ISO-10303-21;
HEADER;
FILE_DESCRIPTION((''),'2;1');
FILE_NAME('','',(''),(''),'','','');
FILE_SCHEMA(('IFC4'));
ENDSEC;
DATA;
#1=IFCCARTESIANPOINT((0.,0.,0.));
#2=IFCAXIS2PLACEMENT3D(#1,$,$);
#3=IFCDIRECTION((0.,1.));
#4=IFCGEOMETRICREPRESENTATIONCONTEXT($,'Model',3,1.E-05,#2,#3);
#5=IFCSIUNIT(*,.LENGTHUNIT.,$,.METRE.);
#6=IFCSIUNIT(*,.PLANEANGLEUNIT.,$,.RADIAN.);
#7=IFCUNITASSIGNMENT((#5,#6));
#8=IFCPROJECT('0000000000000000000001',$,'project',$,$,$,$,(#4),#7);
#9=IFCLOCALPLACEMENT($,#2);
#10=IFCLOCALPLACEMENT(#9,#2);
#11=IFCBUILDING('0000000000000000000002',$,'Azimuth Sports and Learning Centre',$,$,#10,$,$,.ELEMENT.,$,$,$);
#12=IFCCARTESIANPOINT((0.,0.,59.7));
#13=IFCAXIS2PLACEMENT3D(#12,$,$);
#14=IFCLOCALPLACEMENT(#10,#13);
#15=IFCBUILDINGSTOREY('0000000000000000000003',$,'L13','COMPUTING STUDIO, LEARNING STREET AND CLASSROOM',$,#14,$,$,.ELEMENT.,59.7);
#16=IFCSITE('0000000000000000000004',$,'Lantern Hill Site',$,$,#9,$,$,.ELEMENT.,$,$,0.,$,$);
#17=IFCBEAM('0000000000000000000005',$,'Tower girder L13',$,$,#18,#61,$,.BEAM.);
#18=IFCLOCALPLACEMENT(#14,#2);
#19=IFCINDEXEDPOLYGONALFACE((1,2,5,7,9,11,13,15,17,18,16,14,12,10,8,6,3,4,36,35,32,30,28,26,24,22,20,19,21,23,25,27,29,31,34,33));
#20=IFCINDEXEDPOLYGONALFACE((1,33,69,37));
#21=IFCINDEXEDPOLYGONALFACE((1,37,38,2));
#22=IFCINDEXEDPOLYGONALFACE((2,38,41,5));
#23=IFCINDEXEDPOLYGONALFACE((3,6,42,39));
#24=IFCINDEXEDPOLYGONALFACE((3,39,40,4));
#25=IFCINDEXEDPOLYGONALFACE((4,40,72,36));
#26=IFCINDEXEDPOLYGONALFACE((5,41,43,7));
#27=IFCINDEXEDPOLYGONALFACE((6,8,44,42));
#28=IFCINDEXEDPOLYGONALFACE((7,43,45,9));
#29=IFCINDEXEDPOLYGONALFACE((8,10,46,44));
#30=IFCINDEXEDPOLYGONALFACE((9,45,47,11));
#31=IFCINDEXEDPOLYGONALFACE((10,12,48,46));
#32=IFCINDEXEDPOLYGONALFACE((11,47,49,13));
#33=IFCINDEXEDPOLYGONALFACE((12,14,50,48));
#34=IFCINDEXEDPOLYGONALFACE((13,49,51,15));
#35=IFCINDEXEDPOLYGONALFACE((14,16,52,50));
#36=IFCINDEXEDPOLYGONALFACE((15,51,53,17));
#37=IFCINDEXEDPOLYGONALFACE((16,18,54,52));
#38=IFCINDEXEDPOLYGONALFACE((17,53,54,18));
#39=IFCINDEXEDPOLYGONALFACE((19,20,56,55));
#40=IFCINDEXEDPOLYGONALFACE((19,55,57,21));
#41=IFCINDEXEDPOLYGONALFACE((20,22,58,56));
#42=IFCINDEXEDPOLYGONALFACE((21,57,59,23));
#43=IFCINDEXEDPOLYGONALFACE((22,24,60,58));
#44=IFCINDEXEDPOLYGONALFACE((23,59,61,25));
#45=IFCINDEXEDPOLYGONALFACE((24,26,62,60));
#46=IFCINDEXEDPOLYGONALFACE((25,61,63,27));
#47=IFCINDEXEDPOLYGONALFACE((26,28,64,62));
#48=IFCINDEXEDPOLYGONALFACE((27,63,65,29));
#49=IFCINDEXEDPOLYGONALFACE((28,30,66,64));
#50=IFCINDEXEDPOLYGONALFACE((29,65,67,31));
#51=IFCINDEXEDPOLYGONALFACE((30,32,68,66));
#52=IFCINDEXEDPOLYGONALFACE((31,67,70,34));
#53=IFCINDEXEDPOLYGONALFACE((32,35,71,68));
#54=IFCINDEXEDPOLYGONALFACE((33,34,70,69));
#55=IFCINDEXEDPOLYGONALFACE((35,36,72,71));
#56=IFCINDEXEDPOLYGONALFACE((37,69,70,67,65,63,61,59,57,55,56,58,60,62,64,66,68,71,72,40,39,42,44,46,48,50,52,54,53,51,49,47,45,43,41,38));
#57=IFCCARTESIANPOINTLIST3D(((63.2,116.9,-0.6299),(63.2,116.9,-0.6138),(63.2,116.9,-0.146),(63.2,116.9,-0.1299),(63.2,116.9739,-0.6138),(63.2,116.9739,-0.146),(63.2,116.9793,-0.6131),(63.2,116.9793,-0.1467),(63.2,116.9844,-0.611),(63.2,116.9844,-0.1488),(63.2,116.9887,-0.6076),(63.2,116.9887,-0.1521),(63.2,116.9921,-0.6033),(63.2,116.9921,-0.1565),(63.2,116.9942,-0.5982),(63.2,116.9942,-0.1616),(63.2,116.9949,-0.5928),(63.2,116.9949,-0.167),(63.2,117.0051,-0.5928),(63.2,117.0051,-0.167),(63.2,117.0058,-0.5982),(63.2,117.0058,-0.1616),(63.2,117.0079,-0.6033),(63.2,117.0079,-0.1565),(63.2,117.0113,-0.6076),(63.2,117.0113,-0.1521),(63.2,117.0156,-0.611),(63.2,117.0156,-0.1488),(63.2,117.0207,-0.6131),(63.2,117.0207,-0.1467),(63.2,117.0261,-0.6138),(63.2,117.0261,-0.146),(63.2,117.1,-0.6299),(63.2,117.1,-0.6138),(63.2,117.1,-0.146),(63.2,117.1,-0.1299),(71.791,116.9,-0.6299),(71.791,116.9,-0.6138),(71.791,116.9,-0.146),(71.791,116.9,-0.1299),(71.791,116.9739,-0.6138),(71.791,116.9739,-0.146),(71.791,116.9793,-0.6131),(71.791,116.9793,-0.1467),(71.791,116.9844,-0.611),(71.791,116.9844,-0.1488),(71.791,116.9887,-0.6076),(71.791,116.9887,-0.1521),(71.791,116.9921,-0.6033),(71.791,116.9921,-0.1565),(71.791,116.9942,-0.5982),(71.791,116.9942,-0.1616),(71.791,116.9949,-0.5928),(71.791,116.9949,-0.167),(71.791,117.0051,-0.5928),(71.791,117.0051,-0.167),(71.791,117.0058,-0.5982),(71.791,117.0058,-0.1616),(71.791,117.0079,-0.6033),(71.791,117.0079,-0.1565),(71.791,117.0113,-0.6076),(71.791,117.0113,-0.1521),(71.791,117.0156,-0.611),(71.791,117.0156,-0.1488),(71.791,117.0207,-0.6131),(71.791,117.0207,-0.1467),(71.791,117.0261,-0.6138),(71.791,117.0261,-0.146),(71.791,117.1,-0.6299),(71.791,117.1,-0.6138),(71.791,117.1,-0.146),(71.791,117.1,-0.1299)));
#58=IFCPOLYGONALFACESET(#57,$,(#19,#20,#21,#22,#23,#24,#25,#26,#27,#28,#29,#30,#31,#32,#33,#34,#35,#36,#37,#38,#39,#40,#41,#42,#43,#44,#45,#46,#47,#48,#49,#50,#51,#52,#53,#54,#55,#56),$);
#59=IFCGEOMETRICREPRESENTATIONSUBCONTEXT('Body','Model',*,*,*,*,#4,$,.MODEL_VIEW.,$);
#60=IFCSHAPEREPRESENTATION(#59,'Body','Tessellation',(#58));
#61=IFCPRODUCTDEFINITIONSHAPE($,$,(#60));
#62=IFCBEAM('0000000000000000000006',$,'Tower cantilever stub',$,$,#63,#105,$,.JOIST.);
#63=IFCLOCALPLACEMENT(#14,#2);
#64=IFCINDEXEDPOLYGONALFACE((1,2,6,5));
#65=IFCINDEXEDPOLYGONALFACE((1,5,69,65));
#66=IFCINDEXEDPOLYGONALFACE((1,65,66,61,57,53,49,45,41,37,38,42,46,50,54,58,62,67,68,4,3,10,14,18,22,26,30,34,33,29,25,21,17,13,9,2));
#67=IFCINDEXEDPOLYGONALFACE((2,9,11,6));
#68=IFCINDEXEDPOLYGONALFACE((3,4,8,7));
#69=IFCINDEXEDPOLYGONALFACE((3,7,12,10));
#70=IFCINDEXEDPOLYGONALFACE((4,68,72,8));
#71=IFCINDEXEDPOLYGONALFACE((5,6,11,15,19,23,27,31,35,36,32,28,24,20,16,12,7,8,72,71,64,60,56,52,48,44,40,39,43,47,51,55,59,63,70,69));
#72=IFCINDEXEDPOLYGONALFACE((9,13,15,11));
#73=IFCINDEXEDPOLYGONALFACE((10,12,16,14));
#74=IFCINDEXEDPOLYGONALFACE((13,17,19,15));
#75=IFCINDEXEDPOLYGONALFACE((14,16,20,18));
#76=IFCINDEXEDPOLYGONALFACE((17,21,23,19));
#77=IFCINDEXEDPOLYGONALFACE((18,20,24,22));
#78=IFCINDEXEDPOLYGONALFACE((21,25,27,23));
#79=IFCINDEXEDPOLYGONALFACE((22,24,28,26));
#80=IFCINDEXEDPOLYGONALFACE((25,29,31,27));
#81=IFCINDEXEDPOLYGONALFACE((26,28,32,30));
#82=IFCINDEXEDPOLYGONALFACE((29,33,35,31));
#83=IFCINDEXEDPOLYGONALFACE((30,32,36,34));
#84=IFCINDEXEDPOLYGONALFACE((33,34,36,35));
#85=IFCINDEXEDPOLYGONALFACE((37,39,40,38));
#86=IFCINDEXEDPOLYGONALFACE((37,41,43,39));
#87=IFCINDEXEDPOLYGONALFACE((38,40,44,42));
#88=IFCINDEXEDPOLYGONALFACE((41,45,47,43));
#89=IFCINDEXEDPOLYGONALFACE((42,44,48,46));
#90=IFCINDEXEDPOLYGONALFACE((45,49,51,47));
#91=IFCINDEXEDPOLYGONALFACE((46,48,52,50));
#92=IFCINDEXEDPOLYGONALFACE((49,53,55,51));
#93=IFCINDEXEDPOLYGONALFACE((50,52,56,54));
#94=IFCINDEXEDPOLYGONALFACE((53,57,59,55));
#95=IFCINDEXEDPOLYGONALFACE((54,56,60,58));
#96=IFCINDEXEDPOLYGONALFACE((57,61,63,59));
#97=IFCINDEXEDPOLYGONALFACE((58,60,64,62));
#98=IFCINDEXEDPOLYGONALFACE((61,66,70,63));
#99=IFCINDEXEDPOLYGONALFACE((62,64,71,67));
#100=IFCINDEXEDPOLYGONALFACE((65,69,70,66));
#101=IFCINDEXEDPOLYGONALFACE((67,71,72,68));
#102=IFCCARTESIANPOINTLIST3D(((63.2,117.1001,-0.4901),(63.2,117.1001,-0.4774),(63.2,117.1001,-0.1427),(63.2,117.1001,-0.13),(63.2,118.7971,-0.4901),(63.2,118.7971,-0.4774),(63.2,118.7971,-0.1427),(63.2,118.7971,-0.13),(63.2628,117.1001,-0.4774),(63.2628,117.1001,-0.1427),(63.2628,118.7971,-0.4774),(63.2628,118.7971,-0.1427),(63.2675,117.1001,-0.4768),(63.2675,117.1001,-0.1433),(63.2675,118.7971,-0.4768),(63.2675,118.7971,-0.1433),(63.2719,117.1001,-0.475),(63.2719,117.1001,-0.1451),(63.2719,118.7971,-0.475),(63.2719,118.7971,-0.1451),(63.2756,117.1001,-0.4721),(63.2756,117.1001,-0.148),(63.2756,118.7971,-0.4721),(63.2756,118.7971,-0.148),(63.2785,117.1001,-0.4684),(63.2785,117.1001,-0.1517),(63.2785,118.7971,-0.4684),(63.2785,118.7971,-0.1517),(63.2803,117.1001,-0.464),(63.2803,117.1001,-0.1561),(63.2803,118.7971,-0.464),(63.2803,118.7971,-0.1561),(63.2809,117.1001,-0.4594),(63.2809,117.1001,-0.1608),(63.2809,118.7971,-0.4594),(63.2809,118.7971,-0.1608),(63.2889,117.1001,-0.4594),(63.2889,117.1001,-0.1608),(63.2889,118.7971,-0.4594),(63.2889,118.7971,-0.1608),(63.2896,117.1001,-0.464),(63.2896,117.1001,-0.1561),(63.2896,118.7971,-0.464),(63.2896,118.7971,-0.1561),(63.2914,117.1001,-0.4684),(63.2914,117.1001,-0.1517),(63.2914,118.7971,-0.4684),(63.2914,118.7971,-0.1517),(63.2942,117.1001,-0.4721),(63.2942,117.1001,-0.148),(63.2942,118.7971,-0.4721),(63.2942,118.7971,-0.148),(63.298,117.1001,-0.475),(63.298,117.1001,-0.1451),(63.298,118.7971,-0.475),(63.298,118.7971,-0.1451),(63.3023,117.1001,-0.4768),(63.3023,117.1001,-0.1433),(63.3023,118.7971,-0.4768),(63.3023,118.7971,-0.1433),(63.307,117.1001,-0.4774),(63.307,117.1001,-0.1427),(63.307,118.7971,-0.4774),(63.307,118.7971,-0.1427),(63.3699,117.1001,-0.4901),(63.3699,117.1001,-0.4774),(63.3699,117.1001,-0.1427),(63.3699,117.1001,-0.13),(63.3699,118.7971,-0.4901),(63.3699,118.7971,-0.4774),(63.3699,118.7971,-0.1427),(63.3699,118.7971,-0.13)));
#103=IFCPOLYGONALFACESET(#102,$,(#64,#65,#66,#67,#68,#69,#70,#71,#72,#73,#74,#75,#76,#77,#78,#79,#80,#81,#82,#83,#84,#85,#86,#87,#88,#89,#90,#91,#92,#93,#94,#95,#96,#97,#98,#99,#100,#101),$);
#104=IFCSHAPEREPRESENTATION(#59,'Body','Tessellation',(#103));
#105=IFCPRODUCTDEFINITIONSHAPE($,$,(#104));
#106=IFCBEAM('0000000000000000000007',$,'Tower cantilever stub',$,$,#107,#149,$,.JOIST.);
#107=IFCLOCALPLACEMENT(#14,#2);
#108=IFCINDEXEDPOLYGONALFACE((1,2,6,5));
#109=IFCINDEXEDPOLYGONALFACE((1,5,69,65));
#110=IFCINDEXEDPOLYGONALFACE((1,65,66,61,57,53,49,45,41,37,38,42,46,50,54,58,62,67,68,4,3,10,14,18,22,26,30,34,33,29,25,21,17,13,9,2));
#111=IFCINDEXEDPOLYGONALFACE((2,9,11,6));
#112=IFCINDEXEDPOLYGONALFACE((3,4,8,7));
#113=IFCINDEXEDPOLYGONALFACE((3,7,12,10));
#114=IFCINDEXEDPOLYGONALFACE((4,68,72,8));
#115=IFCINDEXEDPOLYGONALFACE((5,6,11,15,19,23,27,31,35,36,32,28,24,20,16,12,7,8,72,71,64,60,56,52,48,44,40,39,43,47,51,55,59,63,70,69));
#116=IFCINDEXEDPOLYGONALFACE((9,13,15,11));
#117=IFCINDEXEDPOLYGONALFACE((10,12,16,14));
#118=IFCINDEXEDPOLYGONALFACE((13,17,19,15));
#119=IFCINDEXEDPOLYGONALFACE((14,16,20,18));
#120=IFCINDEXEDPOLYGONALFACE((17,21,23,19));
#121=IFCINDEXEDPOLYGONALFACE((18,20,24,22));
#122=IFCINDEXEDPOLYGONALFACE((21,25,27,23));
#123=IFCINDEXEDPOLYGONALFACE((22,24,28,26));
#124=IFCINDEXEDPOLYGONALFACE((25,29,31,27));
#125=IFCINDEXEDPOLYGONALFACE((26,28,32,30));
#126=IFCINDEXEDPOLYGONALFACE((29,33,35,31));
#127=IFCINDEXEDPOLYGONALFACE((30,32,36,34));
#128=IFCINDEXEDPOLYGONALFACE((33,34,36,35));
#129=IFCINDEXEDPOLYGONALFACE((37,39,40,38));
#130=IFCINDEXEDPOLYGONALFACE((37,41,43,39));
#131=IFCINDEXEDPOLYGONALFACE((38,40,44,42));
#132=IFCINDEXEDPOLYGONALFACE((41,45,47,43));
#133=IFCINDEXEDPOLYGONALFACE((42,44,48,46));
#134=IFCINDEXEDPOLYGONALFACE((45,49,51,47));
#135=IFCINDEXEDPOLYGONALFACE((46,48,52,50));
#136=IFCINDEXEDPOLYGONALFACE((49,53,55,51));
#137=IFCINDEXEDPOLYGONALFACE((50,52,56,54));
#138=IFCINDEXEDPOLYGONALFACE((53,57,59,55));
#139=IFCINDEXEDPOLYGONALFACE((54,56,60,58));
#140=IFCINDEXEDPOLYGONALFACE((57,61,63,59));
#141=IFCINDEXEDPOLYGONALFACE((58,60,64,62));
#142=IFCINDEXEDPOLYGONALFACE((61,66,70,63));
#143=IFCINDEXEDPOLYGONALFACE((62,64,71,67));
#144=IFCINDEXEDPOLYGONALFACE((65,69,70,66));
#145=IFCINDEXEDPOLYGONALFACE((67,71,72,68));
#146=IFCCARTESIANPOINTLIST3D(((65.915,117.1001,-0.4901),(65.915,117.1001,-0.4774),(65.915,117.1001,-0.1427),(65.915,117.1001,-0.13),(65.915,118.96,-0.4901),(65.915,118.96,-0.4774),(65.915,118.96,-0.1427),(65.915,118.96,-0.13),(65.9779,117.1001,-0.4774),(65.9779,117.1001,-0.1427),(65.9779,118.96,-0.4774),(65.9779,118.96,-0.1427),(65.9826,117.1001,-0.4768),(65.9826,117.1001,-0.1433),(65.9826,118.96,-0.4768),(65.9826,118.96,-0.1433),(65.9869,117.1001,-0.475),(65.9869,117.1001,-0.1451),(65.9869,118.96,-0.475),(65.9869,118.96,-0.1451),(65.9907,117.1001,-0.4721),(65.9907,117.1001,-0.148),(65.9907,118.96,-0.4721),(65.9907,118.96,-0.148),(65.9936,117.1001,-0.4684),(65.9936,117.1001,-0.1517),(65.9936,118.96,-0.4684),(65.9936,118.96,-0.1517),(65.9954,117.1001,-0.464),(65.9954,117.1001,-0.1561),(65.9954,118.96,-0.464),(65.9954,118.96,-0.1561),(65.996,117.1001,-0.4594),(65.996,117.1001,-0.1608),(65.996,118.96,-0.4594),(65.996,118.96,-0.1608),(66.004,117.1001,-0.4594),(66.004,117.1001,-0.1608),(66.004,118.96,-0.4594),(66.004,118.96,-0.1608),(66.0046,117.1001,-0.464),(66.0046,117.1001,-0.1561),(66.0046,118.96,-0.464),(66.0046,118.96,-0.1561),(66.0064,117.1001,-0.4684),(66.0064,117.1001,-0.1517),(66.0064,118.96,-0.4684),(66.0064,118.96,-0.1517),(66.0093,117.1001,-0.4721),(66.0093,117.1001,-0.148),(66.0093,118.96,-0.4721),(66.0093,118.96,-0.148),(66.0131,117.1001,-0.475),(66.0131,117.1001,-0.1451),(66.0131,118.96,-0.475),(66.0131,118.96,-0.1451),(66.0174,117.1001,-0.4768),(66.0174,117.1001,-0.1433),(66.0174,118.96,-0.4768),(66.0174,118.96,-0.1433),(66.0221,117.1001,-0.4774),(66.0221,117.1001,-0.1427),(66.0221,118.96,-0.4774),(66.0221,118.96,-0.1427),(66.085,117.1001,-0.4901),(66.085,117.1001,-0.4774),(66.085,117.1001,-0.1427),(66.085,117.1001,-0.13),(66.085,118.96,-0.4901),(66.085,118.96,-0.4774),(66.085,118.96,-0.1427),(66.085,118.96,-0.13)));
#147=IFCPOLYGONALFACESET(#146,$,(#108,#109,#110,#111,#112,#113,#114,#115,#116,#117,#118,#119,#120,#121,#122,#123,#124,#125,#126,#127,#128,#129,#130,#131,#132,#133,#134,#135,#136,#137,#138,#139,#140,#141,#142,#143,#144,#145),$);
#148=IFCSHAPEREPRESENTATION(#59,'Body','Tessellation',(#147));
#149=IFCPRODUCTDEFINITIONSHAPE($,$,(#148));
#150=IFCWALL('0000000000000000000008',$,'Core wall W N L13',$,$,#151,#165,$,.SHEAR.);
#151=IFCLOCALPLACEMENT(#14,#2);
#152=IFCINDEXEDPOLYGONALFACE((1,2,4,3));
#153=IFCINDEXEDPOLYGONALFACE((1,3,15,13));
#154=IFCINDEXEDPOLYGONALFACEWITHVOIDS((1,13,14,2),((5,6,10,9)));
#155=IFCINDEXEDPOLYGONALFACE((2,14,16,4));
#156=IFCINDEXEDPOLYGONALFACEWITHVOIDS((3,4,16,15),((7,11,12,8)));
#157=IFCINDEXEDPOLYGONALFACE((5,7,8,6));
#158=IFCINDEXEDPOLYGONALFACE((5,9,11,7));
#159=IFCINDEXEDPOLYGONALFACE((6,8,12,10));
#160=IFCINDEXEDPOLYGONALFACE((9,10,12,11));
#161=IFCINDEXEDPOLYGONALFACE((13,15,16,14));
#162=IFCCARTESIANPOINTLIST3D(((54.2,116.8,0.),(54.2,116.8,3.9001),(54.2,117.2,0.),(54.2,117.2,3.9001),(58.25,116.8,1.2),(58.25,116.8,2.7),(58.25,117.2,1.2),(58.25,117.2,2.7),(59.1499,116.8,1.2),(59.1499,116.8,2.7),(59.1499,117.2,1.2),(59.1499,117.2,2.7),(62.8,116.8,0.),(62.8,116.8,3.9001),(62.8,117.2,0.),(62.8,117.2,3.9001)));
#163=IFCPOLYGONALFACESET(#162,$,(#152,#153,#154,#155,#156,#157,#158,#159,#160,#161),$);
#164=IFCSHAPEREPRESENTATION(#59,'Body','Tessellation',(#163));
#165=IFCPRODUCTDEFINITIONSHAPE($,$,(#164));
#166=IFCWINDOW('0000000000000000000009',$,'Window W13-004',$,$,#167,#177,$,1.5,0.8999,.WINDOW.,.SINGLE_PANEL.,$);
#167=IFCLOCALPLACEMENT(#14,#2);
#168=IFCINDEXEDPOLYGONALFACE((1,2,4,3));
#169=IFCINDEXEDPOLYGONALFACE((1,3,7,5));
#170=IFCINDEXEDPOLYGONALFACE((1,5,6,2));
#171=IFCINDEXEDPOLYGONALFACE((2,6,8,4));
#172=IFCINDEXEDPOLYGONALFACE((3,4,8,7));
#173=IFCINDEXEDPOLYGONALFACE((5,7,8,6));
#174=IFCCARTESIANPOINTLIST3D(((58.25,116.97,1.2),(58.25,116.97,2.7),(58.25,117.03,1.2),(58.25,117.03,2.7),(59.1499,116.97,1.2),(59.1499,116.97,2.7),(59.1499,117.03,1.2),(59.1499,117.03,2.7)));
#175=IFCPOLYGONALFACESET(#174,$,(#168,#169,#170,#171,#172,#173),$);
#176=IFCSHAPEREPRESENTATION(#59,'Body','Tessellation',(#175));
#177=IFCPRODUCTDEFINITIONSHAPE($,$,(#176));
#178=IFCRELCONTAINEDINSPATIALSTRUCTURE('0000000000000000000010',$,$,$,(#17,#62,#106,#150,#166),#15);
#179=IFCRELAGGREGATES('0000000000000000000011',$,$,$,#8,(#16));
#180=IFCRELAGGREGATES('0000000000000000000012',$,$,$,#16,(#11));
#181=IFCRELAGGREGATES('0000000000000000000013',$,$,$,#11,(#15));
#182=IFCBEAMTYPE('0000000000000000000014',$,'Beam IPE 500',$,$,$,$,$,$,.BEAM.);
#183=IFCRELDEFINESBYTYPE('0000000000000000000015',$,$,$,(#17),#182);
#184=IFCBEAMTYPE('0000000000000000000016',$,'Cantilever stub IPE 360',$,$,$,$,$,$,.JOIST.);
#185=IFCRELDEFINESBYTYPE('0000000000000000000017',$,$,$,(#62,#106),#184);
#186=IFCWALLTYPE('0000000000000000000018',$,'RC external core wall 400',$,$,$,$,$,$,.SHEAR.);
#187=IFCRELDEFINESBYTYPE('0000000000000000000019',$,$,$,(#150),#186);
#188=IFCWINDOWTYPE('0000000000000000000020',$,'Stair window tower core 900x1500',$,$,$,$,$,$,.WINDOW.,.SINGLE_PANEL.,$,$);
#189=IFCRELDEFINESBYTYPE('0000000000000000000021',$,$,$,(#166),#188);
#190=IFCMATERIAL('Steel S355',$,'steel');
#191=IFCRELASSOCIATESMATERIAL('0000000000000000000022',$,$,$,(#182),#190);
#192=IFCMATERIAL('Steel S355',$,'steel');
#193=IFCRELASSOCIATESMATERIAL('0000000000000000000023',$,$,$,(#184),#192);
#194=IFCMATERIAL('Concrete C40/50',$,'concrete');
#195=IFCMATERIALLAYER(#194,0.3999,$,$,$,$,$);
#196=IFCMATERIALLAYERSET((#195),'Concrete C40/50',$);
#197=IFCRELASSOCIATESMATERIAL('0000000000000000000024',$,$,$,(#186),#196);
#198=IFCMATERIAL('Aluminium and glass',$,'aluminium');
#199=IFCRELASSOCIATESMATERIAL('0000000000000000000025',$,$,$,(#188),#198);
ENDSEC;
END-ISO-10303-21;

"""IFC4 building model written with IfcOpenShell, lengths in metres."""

from ifc_helpers import new_model, si_unit, direction, frame, frame_2d, origin, origin_2d, place, context, subcontext, project, spatial, rectangle, i_section, extrude, material, layer, layer_set, material_profile, profile_set, type_object, element, fill, save


model = new_model("IFC4")

# Units and contexts
model_context = context("Model", 3, precision=1e-05, world=origin(), true_north=direction((0.0, 1.0)))
body_context = subcontext(model_context, "Body", "Model", "MODEL_VIEW")
ifc_project = project(units=[si_unit("LENGTHUNIT", "METRE"), si_unit("PLANEANGLEUNIT", "RADIAN")], contexts=[model_context])

# Site, building, storey
site_placement = place(None, origin())
site = spatial("IfcSite", under=ifc_project, at=site_placement, Name="Lantern Hill Site", CompositionType="ELEMENT", RefElevation=0.0)
building_placement = place(site_placement, origin())
building = spatial("IfcBuilding", under=site, at=building_placement, Name="Azimuth Sports and Learning Centre", CompositionType="ELEMENT")
storey_placement = place(building_placement, frame((0.0, 0.0, 59.7)))
storey = spatial("IfcBuildingStorey", under=building, at=storey_placement, Name="L13", Description="COMPUTING STUDIO, LEARNING STREET AND CLASSROOM", CompositionType="ELEMENT", Elevation=59.7)

# Beams
ifc_material_1 = material(Name="Steel S355", Category="steel")
ifc_material_profile_1 = material_profile(ifc_material_1, i_section(OverallWidth=0.2, OverallDepth=0.5, WebThickness=0.0103, FlangeThickness=0.0161, FilletRadius=0.021, at=origin_2d()), Name="IPE 500")
ifc_profile_set_1 = profile_set([ifc_material_profile_1], Name="Steel S355")
beam_type_1 = type_object("IfcBeamType", Name="Beam IPE 500", PredefinedType="BEAM", material=ifc_profile_set_1)
beam_1_placement = place(storey_placement, frame((63.2, 117.0, -0.3799), z_axis=(1.0, 0.0, 0.0), x_axis=(0.0, 1.0, 0.0)))
element("IfcBeam", 1, at=beam_1_placement, inside=storey, type_object=beam_type_1, Name="Tower girder L13", PredefinedType="BEAM", context=body_context, shape_type="SweptSolid", body=[
    extrude(i_section(OverallWidth=0.2, OverallDepth=0.5, WebThickness=0.0103, FlangeThickness=0.0161, FilletRadius=0.021, at=origin_2d()), origin(), (0.0, 0.0, 1.0), 8.5911),
])
ifc_material_2 = material(Name="Steel S355", Category="steel")
ifc_material_profile_2 = material_profile(ifc_material_2, i_section(OverallWidth=0.1699, OverallDepth=0.3601, WebThickness=0.0081, FlangeThickness=0.0127, FilletRadius=0.0181, at=origin_2d()), Name="IPE 360")
ifc_profile_set_2 = profile_set([ifc_material_profile_2], Name="Steel S355")
beam_type_2 = type_object("IfcBeamType", Name="Cantilever stub IPE 360", PredefinedType="JOIST", material=ifc_profile_set_2)
beam_2_placement = place(storey_placement, frame((63.2849, 117.1001, -0.3101), z_axis=(0.0, 1.0, 0.0), x_axis=(-1.0, 0.0, 0.0)))
element("IfcBeam", 2, at=beam_2_placement, inside=storey, type_object=beam_type_2, Name="Tower cantilever stub", PredefinedType="JOIST", context=body_context, shape_type="SweptSolid", body=[
    extrude(i_section(OverallWidth=0.1699, OverallDepth=0.3601, WebThickness=0.0081, FlangeThickness=0.0127, FilletRadius=0.0181, at=origin_2d()), origin(), (0.0, 0.0, 1.0), 1.697),
])
beam_3_placement = place(storey_placement, frame((66.0, 117.1001, -0.3101), z_axis=(0.0, 1.0, 0.0), x_axis=(-1.0, 0.0, 0.0)))
element("IfcBeam", 3, at=beam_3_placement, inside=storey, type_object=beam_type_2, Name="Tower cantilever stub", PredefinedType="JOIST", context=body_context, shape_type="SweptSolid", body=[
    extrude(i_section(OverallWidth=0.1699, OverallDepth=0.3601, WebThickness=0.0081, FlangeThickness=0.0127, FilletRadius=0.0181, at=origin_2d()), origin(), (0.0, 0.0, 1.0), 1.8599),
])

# Wall, opening, window
ifc_material_3 = material(Name="Concrete C40/50", Category="concrete")
ifc_layer_1 = layer(ifc_material_3, 0.3999)
ifc_layer_set_1 = layer_set([ifc_layer_1], Name="Concrete C40/50")
wall_type = type_object("IfcWallType", Name="RC external core wall 400", PredefinedType="SHEAR", material=ifc_layer_set_1)
wall_placement = place(storey_placement, frame((54.2, 117.0, 0.0), z_axis=(0.0, 0.0, 1.0), x_axis=(1.0, 0.0, 0.0)))
wall = element("IfcWall", 4, at=wall_placement, inside=storey, type_object=wall_type, Name="Core wall W N L13", PredefinedType="SHEAR", context=body_context, shape_type="SweptSolid", body=[
    extrude(rectangle(XDim=8.6001, YDim=0.3999, at=frame_2d((4.3, 0.0))), origin(), (0.0, 0.0, 1.0), 3.9001),
])
opening_placement = place(wall_placement, frame((4.05, 0.0, 1.2)))
opening = element("IfcOpeningElement", 5, at=opening_placement, cuts=wall, PredefinedType="OPENING", context=body_context, shape_type="SweptSolid", body=[
    extrude(rectangle(XDim=0.8999, YDim=1.5, at=frame_2d((0.45, 0.75))), frame((0.0, 0.2109, 0.0), z_axis=(0.0, -1.0, 0.0), x_axis=(1.0, 0.0, 0.0)), (0.0, 0.0, 1.0), 0.4219),
])
ifc_material_4 = material(Name="Aluminium and glass", Category="aluminium")
window_type = type_object("IfcWindowType", Name="Stair window tower core 900x1500", PartitioningType="SINGLE_PANEL", PredefinedType="WINDOW", material=ifc_material_4)
window_placement = place(opening_placement, origin())
window = element("IfcWindow", 6, at=window_placement, inside=storey, type_object=window_type, Name="Window W13-004", OverallHeight=1.5, OverallWidth=0.8999, PartitioningType="SINGLE_PANEL", PredefinedType="WINDOW", context=body_context, shape_type="SweptSolid", body=[
    extrude(rectangle(XDim=0.8999, YDim=1.5, at=frame_2d((0.45, 0.75))), frame((0.0, 0.03, 0.0), z_axis=(0.0, -1.0, 0.0), x_axis=(1.0, 0.0, 0.0)), (0.0, 0.0, 1.0), 0.0601),
])
fill(opening, window)

save(model, "model.ifc")
